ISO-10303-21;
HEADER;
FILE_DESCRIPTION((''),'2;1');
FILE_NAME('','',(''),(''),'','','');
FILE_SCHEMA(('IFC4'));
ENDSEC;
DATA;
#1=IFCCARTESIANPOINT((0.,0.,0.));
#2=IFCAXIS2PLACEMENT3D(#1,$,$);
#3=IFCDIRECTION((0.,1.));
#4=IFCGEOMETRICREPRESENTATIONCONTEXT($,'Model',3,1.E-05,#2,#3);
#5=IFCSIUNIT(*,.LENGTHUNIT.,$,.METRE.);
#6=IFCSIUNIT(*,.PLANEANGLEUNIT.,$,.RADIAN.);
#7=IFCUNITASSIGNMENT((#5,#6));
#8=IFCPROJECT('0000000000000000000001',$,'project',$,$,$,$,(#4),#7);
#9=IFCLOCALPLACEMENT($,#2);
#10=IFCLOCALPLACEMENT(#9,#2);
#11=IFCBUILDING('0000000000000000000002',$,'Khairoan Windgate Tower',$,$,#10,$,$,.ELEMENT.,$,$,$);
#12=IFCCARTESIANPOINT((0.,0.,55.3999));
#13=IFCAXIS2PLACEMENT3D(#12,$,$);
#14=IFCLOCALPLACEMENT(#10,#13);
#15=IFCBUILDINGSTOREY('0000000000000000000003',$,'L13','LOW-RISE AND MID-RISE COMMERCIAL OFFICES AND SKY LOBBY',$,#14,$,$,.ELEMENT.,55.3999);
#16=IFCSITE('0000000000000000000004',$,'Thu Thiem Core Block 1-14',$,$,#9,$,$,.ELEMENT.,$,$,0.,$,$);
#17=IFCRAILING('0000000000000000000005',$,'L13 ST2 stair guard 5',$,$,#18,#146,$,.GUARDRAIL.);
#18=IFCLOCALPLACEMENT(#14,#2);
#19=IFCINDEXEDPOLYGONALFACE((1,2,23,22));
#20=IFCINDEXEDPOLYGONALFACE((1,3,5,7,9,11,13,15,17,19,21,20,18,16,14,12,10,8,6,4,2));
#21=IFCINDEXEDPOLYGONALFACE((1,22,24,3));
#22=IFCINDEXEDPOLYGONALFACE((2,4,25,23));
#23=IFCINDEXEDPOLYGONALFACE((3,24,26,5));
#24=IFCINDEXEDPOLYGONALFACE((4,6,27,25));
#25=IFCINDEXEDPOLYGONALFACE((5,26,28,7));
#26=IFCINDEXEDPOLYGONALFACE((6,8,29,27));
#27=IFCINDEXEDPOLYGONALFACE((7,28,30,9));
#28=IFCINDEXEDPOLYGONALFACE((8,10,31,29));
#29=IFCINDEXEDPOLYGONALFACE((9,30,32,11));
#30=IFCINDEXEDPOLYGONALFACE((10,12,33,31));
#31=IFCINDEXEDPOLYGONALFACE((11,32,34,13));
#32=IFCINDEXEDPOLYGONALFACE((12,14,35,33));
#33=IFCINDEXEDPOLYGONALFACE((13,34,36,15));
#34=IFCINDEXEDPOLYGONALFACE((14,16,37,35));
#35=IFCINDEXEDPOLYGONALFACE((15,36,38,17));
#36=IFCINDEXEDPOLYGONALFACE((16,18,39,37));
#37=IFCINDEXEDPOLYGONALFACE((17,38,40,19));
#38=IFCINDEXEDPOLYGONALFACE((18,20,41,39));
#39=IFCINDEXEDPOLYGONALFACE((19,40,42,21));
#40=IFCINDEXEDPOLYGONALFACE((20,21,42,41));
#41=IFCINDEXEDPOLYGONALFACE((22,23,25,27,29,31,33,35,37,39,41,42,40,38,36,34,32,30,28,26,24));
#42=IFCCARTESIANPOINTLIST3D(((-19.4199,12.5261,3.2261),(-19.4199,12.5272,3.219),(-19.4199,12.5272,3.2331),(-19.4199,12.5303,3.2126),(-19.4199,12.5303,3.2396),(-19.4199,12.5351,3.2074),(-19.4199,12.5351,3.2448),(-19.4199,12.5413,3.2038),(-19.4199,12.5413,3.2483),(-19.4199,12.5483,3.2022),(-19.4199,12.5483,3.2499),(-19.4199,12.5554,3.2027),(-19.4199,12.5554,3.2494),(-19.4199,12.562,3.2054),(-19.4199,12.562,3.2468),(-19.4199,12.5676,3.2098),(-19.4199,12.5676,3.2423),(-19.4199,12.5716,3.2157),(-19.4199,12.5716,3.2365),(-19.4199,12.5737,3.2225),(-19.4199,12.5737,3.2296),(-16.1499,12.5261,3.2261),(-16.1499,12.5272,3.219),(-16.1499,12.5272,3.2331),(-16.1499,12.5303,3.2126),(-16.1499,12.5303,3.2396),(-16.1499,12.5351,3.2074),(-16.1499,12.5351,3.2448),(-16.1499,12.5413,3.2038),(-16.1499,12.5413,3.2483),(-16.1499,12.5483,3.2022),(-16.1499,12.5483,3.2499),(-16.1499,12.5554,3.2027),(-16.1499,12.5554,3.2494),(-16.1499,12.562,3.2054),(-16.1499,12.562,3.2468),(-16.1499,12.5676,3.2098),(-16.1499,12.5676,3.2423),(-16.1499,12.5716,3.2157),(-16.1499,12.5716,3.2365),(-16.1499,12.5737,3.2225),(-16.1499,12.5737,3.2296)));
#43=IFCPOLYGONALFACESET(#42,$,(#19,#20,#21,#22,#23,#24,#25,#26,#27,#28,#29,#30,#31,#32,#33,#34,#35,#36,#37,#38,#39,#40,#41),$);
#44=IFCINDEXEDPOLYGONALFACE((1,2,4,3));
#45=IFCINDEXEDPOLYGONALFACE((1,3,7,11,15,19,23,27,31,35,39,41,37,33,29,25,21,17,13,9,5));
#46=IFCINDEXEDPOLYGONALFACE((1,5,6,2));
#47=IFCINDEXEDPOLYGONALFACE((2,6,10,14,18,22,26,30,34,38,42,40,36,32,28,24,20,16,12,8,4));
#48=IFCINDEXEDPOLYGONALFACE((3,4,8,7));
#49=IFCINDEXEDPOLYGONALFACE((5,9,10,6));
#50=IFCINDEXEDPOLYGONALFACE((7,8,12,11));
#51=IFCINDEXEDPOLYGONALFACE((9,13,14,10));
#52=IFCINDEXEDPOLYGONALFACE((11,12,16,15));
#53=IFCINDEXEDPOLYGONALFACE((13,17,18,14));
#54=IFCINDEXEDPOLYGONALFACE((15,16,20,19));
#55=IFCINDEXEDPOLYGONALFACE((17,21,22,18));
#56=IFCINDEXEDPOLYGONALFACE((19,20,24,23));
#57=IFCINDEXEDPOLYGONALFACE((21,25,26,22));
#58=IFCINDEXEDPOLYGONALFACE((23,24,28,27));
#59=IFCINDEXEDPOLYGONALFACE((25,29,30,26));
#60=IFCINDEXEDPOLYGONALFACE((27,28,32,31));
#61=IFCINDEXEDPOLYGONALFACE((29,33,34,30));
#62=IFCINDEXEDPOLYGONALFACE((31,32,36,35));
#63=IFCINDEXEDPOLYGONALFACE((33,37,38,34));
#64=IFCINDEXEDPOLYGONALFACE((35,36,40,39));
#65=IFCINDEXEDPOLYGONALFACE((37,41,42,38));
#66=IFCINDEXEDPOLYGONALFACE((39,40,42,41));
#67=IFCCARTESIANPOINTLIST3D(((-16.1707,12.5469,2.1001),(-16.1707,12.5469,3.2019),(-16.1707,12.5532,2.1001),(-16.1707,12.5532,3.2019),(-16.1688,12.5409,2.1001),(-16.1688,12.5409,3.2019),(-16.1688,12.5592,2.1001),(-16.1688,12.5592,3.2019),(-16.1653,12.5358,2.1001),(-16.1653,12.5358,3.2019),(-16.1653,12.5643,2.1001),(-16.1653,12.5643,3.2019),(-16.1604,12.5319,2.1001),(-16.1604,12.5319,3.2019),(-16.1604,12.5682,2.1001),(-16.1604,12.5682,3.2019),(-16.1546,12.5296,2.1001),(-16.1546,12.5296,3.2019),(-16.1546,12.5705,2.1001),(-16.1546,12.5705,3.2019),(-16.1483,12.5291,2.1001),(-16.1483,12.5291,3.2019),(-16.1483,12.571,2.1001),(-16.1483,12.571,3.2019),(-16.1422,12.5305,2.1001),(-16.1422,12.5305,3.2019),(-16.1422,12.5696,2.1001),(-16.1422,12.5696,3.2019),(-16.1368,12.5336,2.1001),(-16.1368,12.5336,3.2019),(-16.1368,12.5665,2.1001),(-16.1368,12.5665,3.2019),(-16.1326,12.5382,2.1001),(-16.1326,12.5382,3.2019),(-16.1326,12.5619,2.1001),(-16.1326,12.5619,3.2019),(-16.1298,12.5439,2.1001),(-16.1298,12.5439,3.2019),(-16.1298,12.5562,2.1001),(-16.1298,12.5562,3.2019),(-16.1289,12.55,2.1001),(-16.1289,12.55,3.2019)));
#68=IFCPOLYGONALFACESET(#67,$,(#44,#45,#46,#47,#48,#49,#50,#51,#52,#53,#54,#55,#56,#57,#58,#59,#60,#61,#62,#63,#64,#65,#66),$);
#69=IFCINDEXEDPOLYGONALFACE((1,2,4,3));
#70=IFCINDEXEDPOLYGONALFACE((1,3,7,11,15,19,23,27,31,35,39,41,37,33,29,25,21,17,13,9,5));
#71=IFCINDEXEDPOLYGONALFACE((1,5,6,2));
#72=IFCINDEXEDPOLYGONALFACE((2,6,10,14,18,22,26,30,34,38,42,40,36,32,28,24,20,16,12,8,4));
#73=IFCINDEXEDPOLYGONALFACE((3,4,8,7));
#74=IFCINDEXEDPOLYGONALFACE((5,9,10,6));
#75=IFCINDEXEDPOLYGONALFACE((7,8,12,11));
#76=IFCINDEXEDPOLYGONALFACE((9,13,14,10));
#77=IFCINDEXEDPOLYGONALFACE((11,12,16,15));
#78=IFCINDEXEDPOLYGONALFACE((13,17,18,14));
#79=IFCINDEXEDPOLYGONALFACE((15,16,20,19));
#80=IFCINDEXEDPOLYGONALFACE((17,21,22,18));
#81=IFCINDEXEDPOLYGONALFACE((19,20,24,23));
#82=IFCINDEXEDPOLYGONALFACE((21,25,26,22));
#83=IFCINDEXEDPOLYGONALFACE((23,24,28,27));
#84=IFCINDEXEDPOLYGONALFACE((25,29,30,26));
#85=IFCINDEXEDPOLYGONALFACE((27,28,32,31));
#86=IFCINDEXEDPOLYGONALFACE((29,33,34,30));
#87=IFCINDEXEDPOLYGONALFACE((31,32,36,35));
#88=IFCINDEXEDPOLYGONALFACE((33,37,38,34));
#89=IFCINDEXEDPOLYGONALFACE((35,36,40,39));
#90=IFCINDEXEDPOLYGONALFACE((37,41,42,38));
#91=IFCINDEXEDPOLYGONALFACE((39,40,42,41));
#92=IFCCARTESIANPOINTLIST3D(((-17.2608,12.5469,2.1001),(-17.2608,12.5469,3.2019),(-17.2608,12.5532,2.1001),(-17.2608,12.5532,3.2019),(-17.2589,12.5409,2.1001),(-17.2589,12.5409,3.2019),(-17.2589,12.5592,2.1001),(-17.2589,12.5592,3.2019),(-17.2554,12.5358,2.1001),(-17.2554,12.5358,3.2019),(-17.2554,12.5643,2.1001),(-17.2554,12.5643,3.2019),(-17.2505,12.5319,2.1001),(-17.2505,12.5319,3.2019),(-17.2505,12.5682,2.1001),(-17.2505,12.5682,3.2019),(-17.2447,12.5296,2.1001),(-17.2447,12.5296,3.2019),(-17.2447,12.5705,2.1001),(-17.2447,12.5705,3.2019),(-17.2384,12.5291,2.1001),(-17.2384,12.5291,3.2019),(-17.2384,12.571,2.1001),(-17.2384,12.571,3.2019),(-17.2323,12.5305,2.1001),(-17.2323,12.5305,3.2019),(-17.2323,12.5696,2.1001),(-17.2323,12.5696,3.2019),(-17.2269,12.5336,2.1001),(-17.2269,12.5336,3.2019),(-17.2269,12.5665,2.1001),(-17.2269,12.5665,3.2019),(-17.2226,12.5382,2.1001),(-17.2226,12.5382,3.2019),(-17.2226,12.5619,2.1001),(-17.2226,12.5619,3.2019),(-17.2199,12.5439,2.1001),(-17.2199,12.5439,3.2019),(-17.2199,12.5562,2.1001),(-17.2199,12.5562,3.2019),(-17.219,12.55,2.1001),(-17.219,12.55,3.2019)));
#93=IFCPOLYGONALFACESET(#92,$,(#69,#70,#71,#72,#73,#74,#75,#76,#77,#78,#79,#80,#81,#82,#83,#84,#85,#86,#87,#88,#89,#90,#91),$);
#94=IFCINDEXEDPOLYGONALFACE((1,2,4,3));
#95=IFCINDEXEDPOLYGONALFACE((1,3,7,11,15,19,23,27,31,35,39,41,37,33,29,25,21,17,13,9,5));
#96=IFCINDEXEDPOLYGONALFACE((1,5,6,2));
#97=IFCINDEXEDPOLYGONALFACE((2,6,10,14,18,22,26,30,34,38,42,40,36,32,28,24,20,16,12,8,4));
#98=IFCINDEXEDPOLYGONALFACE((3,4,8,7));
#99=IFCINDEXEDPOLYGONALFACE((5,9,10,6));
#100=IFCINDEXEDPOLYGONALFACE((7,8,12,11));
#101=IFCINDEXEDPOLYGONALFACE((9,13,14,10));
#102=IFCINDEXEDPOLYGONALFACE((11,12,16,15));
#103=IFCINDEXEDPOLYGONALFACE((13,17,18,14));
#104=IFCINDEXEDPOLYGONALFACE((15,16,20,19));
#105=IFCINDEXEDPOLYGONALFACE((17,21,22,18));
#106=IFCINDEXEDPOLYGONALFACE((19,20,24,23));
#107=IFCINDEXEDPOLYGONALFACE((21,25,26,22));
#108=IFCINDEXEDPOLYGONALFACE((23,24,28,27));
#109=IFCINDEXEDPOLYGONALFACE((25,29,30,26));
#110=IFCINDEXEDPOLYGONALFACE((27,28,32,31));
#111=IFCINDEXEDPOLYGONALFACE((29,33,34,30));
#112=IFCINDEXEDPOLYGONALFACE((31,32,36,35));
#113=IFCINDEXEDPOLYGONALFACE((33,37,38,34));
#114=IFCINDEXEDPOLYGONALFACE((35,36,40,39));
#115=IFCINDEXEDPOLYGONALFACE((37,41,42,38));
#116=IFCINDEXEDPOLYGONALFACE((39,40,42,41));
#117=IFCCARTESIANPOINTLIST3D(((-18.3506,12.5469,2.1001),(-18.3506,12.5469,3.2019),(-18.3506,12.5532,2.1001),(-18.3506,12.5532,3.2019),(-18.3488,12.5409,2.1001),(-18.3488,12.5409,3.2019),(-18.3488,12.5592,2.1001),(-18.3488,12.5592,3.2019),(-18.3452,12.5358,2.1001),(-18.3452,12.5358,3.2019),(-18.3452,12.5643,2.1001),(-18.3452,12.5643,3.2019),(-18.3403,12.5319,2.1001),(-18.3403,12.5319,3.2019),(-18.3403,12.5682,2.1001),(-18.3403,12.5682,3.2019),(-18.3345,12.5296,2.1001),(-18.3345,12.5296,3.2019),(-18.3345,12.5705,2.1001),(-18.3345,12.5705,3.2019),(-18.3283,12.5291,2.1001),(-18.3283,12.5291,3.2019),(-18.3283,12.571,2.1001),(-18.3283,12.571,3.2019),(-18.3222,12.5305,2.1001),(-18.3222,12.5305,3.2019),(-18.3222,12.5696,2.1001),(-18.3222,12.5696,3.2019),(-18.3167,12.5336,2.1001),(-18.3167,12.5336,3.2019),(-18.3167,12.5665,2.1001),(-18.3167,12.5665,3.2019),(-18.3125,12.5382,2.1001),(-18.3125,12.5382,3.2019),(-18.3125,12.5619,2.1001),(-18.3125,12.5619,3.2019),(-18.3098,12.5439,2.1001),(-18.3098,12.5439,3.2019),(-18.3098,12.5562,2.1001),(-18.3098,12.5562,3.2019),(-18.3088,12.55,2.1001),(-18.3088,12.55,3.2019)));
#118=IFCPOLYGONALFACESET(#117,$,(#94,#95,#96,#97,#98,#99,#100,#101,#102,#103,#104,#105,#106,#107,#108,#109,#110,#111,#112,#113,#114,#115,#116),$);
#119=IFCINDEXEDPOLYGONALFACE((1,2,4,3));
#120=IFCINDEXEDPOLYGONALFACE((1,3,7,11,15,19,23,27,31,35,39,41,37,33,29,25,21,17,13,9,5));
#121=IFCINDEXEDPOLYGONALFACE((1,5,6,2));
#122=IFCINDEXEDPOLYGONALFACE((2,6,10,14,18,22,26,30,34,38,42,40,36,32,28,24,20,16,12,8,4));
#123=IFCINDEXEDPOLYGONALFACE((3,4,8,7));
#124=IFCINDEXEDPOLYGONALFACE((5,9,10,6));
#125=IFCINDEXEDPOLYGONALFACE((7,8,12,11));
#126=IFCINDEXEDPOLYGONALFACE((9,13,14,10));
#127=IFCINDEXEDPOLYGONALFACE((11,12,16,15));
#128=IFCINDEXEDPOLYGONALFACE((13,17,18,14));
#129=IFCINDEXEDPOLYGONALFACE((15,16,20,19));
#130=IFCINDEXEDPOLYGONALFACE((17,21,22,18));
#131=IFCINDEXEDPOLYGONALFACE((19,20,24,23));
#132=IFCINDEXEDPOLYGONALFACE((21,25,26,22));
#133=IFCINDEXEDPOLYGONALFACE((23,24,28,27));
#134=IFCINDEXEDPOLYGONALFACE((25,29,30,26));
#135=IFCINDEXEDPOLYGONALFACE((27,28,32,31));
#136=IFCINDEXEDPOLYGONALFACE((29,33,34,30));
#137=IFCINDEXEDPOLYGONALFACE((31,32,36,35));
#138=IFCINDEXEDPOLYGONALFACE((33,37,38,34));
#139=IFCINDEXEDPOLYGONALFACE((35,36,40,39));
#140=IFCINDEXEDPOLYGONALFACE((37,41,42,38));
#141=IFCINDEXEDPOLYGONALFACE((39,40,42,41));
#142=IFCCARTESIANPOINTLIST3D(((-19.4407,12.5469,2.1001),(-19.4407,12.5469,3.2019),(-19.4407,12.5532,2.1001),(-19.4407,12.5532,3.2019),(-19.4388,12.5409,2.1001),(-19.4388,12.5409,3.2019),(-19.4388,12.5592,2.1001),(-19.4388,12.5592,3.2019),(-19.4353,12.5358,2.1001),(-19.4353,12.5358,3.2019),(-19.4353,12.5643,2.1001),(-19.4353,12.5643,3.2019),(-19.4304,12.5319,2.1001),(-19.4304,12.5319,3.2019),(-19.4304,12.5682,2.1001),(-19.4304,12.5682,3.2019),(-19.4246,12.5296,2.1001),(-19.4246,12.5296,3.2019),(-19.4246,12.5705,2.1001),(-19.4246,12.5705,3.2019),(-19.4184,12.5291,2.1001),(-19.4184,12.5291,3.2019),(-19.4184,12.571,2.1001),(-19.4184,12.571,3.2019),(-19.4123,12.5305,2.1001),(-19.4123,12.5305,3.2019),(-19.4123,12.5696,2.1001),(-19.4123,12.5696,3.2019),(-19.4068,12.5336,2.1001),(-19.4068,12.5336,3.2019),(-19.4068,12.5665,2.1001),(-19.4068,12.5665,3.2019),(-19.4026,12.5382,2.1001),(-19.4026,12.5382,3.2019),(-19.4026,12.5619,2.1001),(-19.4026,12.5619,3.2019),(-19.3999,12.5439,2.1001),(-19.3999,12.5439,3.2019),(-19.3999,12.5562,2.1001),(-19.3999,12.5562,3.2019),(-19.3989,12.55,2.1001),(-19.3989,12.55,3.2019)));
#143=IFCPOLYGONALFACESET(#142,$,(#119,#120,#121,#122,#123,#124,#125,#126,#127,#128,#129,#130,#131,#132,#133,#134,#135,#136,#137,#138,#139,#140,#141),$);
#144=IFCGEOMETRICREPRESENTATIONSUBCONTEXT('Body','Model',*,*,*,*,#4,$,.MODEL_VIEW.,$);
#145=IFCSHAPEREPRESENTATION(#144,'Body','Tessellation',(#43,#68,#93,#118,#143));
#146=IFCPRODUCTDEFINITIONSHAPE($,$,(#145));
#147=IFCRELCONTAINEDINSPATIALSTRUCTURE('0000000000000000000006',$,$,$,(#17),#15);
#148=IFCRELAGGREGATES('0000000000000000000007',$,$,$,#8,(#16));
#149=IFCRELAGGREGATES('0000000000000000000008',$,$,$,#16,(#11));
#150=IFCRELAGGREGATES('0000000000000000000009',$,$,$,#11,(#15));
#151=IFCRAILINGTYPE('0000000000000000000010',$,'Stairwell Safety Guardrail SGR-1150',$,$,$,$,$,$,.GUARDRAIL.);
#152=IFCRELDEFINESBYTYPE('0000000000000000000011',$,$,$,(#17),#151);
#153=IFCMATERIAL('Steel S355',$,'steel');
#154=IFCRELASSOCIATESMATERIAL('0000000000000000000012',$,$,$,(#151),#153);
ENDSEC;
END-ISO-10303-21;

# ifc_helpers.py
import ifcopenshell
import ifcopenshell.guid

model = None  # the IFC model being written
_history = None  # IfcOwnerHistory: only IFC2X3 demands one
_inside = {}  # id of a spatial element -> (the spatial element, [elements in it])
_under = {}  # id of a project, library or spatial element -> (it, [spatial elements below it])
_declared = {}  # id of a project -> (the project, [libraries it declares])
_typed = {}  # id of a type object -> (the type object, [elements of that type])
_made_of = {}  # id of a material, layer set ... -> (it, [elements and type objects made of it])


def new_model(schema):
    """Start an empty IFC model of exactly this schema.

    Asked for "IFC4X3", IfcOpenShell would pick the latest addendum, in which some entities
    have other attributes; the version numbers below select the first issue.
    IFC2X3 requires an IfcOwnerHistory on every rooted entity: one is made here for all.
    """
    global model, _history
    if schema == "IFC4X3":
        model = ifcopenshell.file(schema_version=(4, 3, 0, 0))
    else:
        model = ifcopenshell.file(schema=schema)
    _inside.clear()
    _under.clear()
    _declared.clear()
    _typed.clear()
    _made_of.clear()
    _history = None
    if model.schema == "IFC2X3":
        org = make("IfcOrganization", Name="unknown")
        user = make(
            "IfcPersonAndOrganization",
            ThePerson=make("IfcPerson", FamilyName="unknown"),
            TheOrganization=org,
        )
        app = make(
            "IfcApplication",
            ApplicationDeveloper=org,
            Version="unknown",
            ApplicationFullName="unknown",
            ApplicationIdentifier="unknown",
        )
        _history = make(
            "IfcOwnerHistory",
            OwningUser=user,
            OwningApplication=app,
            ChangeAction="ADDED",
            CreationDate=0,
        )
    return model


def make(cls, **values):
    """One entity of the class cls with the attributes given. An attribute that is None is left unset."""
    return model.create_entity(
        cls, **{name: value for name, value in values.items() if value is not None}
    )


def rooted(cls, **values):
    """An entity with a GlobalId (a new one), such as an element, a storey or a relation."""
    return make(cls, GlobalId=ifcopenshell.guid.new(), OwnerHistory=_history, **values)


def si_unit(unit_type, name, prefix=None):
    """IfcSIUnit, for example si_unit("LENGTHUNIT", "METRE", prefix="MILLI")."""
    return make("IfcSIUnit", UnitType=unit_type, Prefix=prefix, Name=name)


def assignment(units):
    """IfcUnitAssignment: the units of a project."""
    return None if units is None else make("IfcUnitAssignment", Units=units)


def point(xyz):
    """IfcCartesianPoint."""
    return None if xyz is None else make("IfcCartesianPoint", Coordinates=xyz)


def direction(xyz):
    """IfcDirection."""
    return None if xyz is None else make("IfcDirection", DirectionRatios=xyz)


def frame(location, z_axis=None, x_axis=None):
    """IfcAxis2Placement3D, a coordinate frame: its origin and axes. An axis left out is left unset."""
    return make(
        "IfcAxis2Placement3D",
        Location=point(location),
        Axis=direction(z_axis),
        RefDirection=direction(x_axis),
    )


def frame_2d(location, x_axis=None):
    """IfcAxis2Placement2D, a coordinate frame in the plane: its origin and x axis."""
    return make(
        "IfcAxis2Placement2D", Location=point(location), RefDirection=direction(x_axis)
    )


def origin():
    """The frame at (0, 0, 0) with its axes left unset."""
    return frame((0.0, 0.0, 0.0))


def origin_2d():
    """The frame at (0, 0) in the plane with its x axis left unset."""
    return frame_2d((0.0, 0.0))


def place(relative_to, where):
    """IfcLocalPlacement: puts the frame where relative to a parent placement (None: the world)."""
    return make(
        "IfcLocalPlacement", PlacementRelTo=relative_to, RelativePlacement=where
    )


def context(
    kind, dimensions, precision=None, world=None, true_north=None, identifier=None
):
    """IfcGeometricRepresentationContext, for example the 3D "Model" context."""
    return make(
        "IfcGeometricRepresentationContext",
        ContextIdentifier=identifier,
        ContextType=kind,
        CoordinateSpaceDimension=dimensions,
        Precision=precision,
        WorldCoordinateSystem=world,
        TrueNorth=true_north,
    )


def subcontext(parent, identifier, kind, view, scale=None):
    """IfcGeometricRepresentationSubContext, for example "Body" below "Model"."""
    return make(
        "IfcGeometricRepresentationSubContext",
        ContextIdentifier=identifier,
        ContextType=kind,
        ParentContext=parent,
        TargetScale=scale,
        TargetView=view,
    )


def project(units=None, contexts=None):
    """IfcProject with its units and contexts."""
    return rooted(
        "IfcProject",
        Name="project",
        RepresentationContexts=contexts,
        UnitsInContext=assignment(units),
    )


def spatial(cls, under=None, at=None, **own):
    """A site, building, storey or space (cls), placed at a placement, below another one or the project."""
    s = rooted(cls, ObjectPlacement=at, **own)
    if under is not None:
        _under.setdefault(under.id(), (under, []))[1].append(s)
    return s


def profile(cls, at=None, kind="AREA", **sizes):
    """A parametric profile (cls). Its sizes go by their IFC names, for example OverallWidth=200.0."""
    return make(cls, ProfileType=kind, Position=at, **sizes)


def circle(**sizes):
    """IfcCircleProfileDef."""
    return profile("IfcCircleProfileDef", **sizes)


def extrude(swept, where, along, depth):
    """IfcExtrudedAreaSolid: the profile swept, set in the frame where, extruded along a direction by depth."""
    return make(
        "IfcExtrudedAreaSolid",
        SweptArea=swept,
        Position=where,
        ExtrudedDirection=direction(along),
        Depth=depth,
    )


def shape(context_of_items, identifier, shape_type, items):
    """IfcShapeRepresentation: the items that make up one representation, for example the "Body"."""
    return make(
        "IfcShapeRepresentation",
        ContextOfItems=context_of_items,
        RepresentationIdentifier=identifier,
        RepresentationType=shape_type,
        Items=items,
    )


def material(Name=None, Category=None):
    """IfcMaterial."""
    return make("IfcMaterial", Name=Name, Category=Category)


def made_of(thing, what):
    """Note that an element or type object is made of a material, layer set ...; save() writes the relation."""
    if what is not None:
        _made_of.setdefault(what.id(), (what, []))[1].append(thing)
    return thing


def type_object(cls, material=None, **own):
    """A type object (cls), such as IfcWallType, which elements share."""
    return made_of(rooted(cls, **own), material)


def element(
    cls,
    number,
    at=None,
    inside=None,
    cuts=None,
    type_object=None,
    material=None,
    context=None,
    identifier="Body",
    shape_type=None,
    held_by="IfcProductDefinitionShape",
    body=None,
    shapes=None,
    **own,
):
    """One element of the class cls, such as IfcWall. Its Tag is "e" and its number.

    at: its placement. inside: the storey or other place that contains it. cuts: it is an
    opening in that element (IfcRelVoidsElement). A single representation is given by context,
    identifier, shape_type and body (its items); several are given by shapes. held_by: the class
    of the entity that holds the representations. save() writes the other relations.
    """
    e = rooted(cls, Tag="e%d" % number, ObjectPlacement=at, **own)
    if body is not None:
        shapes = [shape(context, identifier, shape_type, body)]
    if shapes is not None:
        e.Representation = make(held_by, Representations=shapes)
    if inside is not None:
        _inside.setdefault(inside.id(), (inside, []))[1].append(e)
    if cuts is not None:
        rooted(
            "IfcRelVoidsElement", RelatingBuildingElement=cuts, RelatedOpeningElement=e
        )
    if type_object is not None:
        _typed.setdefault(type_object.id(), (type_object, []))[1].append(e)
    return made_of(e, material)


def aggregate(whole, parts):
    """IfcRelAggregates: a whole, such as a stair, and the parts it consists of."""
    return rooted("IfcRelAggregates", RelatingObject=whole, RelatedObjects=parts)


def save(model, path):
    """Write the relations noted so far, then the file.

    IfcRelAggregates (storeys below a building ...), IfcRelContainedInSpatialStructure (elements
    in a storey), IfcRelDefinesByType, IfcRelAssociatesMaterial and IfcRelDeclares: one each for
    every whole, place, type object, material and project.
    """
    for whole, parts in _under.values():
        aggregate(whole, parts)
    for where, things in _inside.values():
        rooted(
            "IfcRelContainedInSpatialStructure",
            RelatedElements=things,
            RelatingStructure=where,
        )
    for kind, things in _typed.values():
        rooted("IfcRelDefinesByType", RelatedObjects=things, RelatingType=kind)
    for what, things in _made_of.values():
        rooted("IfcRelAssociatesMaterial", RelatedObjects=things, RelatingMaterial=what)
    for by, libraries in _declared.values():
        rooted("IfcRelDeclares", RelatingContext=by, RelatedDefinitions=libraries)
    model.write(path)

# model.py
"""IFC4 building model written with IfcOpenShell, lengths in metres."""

from ifc_helpers import new_model, si_unit, direction, frame, origin, origin_2d, place, context, subcontext, project, spatial, circle, extrude, material, type_object, element, save


model = new_model("IFC4")

# Units and contexts
model_context = context("Model", 3, precision=1e-05, world=origin(), true_north=direction((0.0, 1.0)))
body_context = subcontext(model_context, "Body", "Model", "MODEL_VIEW")
ifc_project = project(units=[si_unit("LENGTHUNIT", "METRE"), si_unit("PLANEANGLEUNIT", "RADIAN")], contexts=[model_context])

# Site, building, storey
site_placement = place(None, origin())
site = spatial("IfcSite", under=ifc_project, at=site_placement, Name="Thu Thiem Core Block 1-14", CompositionType="ELEMENT", RefElevation=0.0)
building_placement = place(site_placement, origin())
building = spatial("IfcBuilding", under=site, at=building_placement, Name="Khairoan Windgate Tower", CompositionType="ELEMENT")
storey_placement = place(building_placement, frame((0.0, 0.0, 55.3999)))
storey = spatial("IfcBuildingStorey", under=building, at=storey_placement, Name="L13", Description="LOW-RISE AND MID-RISE COMMERCIAL OFFICES AND SKY LOBBY", CompositionType="ELEMENT", Elevation=55.3999)

# Railing
ifc_material_1 = material(Name="Steel S355", Category="steel")
railing_type = type_object("IfcRailingType", Name="Stairwell Safety Guardrail SGR-1150", PredefinedType="GUARDRAIL", material=ifc_material_1)
railing_1_placement = place(storey_placement, frame((-16.1499, 12.55, 2.1001)))
element("IfcRailing", 1, at=railing_1_placement, inside=storey, type_object=railing_type, Name="L13 ST2 stair guard 5", PredefinedType="GUARDRAIL", context=body_context, shape_type="SweptSolid", body=[
    extrude(circle(Radius=0.0239, at=origin_2d()), frame((0.0, 0.0, 1.126), z_axis=(-1.0, 0.0, 0.0), x_axis=(0.0, -1.0, 0.0)), (0.0, 0.0, 1.0), 3.27),
    extrude(circle(Radius=0.021, at=origin_2d()), origin(), (0.0, 0.0, 1.0), 1.1018),
    extrude(circle(Radius=0.021, at=origin_2d()), frame((-1.0901, 0.0, 0.0)), (0.0, 0.0, 1.0), 1.1018),
    extrude(circle(Radius=0.021, at=origin_2d()), frame((-2.1799, 0.0, 0.0)), (0.0, 0.0, 1.0), 1.1018),
    extrude(circle(Radius=0.021, at=origin_2d()), frame((-3.27, 0.0, 0.0)), (0.0, 0.0, 1.0), 1.1018),
])

save(model, "model.ifc")
